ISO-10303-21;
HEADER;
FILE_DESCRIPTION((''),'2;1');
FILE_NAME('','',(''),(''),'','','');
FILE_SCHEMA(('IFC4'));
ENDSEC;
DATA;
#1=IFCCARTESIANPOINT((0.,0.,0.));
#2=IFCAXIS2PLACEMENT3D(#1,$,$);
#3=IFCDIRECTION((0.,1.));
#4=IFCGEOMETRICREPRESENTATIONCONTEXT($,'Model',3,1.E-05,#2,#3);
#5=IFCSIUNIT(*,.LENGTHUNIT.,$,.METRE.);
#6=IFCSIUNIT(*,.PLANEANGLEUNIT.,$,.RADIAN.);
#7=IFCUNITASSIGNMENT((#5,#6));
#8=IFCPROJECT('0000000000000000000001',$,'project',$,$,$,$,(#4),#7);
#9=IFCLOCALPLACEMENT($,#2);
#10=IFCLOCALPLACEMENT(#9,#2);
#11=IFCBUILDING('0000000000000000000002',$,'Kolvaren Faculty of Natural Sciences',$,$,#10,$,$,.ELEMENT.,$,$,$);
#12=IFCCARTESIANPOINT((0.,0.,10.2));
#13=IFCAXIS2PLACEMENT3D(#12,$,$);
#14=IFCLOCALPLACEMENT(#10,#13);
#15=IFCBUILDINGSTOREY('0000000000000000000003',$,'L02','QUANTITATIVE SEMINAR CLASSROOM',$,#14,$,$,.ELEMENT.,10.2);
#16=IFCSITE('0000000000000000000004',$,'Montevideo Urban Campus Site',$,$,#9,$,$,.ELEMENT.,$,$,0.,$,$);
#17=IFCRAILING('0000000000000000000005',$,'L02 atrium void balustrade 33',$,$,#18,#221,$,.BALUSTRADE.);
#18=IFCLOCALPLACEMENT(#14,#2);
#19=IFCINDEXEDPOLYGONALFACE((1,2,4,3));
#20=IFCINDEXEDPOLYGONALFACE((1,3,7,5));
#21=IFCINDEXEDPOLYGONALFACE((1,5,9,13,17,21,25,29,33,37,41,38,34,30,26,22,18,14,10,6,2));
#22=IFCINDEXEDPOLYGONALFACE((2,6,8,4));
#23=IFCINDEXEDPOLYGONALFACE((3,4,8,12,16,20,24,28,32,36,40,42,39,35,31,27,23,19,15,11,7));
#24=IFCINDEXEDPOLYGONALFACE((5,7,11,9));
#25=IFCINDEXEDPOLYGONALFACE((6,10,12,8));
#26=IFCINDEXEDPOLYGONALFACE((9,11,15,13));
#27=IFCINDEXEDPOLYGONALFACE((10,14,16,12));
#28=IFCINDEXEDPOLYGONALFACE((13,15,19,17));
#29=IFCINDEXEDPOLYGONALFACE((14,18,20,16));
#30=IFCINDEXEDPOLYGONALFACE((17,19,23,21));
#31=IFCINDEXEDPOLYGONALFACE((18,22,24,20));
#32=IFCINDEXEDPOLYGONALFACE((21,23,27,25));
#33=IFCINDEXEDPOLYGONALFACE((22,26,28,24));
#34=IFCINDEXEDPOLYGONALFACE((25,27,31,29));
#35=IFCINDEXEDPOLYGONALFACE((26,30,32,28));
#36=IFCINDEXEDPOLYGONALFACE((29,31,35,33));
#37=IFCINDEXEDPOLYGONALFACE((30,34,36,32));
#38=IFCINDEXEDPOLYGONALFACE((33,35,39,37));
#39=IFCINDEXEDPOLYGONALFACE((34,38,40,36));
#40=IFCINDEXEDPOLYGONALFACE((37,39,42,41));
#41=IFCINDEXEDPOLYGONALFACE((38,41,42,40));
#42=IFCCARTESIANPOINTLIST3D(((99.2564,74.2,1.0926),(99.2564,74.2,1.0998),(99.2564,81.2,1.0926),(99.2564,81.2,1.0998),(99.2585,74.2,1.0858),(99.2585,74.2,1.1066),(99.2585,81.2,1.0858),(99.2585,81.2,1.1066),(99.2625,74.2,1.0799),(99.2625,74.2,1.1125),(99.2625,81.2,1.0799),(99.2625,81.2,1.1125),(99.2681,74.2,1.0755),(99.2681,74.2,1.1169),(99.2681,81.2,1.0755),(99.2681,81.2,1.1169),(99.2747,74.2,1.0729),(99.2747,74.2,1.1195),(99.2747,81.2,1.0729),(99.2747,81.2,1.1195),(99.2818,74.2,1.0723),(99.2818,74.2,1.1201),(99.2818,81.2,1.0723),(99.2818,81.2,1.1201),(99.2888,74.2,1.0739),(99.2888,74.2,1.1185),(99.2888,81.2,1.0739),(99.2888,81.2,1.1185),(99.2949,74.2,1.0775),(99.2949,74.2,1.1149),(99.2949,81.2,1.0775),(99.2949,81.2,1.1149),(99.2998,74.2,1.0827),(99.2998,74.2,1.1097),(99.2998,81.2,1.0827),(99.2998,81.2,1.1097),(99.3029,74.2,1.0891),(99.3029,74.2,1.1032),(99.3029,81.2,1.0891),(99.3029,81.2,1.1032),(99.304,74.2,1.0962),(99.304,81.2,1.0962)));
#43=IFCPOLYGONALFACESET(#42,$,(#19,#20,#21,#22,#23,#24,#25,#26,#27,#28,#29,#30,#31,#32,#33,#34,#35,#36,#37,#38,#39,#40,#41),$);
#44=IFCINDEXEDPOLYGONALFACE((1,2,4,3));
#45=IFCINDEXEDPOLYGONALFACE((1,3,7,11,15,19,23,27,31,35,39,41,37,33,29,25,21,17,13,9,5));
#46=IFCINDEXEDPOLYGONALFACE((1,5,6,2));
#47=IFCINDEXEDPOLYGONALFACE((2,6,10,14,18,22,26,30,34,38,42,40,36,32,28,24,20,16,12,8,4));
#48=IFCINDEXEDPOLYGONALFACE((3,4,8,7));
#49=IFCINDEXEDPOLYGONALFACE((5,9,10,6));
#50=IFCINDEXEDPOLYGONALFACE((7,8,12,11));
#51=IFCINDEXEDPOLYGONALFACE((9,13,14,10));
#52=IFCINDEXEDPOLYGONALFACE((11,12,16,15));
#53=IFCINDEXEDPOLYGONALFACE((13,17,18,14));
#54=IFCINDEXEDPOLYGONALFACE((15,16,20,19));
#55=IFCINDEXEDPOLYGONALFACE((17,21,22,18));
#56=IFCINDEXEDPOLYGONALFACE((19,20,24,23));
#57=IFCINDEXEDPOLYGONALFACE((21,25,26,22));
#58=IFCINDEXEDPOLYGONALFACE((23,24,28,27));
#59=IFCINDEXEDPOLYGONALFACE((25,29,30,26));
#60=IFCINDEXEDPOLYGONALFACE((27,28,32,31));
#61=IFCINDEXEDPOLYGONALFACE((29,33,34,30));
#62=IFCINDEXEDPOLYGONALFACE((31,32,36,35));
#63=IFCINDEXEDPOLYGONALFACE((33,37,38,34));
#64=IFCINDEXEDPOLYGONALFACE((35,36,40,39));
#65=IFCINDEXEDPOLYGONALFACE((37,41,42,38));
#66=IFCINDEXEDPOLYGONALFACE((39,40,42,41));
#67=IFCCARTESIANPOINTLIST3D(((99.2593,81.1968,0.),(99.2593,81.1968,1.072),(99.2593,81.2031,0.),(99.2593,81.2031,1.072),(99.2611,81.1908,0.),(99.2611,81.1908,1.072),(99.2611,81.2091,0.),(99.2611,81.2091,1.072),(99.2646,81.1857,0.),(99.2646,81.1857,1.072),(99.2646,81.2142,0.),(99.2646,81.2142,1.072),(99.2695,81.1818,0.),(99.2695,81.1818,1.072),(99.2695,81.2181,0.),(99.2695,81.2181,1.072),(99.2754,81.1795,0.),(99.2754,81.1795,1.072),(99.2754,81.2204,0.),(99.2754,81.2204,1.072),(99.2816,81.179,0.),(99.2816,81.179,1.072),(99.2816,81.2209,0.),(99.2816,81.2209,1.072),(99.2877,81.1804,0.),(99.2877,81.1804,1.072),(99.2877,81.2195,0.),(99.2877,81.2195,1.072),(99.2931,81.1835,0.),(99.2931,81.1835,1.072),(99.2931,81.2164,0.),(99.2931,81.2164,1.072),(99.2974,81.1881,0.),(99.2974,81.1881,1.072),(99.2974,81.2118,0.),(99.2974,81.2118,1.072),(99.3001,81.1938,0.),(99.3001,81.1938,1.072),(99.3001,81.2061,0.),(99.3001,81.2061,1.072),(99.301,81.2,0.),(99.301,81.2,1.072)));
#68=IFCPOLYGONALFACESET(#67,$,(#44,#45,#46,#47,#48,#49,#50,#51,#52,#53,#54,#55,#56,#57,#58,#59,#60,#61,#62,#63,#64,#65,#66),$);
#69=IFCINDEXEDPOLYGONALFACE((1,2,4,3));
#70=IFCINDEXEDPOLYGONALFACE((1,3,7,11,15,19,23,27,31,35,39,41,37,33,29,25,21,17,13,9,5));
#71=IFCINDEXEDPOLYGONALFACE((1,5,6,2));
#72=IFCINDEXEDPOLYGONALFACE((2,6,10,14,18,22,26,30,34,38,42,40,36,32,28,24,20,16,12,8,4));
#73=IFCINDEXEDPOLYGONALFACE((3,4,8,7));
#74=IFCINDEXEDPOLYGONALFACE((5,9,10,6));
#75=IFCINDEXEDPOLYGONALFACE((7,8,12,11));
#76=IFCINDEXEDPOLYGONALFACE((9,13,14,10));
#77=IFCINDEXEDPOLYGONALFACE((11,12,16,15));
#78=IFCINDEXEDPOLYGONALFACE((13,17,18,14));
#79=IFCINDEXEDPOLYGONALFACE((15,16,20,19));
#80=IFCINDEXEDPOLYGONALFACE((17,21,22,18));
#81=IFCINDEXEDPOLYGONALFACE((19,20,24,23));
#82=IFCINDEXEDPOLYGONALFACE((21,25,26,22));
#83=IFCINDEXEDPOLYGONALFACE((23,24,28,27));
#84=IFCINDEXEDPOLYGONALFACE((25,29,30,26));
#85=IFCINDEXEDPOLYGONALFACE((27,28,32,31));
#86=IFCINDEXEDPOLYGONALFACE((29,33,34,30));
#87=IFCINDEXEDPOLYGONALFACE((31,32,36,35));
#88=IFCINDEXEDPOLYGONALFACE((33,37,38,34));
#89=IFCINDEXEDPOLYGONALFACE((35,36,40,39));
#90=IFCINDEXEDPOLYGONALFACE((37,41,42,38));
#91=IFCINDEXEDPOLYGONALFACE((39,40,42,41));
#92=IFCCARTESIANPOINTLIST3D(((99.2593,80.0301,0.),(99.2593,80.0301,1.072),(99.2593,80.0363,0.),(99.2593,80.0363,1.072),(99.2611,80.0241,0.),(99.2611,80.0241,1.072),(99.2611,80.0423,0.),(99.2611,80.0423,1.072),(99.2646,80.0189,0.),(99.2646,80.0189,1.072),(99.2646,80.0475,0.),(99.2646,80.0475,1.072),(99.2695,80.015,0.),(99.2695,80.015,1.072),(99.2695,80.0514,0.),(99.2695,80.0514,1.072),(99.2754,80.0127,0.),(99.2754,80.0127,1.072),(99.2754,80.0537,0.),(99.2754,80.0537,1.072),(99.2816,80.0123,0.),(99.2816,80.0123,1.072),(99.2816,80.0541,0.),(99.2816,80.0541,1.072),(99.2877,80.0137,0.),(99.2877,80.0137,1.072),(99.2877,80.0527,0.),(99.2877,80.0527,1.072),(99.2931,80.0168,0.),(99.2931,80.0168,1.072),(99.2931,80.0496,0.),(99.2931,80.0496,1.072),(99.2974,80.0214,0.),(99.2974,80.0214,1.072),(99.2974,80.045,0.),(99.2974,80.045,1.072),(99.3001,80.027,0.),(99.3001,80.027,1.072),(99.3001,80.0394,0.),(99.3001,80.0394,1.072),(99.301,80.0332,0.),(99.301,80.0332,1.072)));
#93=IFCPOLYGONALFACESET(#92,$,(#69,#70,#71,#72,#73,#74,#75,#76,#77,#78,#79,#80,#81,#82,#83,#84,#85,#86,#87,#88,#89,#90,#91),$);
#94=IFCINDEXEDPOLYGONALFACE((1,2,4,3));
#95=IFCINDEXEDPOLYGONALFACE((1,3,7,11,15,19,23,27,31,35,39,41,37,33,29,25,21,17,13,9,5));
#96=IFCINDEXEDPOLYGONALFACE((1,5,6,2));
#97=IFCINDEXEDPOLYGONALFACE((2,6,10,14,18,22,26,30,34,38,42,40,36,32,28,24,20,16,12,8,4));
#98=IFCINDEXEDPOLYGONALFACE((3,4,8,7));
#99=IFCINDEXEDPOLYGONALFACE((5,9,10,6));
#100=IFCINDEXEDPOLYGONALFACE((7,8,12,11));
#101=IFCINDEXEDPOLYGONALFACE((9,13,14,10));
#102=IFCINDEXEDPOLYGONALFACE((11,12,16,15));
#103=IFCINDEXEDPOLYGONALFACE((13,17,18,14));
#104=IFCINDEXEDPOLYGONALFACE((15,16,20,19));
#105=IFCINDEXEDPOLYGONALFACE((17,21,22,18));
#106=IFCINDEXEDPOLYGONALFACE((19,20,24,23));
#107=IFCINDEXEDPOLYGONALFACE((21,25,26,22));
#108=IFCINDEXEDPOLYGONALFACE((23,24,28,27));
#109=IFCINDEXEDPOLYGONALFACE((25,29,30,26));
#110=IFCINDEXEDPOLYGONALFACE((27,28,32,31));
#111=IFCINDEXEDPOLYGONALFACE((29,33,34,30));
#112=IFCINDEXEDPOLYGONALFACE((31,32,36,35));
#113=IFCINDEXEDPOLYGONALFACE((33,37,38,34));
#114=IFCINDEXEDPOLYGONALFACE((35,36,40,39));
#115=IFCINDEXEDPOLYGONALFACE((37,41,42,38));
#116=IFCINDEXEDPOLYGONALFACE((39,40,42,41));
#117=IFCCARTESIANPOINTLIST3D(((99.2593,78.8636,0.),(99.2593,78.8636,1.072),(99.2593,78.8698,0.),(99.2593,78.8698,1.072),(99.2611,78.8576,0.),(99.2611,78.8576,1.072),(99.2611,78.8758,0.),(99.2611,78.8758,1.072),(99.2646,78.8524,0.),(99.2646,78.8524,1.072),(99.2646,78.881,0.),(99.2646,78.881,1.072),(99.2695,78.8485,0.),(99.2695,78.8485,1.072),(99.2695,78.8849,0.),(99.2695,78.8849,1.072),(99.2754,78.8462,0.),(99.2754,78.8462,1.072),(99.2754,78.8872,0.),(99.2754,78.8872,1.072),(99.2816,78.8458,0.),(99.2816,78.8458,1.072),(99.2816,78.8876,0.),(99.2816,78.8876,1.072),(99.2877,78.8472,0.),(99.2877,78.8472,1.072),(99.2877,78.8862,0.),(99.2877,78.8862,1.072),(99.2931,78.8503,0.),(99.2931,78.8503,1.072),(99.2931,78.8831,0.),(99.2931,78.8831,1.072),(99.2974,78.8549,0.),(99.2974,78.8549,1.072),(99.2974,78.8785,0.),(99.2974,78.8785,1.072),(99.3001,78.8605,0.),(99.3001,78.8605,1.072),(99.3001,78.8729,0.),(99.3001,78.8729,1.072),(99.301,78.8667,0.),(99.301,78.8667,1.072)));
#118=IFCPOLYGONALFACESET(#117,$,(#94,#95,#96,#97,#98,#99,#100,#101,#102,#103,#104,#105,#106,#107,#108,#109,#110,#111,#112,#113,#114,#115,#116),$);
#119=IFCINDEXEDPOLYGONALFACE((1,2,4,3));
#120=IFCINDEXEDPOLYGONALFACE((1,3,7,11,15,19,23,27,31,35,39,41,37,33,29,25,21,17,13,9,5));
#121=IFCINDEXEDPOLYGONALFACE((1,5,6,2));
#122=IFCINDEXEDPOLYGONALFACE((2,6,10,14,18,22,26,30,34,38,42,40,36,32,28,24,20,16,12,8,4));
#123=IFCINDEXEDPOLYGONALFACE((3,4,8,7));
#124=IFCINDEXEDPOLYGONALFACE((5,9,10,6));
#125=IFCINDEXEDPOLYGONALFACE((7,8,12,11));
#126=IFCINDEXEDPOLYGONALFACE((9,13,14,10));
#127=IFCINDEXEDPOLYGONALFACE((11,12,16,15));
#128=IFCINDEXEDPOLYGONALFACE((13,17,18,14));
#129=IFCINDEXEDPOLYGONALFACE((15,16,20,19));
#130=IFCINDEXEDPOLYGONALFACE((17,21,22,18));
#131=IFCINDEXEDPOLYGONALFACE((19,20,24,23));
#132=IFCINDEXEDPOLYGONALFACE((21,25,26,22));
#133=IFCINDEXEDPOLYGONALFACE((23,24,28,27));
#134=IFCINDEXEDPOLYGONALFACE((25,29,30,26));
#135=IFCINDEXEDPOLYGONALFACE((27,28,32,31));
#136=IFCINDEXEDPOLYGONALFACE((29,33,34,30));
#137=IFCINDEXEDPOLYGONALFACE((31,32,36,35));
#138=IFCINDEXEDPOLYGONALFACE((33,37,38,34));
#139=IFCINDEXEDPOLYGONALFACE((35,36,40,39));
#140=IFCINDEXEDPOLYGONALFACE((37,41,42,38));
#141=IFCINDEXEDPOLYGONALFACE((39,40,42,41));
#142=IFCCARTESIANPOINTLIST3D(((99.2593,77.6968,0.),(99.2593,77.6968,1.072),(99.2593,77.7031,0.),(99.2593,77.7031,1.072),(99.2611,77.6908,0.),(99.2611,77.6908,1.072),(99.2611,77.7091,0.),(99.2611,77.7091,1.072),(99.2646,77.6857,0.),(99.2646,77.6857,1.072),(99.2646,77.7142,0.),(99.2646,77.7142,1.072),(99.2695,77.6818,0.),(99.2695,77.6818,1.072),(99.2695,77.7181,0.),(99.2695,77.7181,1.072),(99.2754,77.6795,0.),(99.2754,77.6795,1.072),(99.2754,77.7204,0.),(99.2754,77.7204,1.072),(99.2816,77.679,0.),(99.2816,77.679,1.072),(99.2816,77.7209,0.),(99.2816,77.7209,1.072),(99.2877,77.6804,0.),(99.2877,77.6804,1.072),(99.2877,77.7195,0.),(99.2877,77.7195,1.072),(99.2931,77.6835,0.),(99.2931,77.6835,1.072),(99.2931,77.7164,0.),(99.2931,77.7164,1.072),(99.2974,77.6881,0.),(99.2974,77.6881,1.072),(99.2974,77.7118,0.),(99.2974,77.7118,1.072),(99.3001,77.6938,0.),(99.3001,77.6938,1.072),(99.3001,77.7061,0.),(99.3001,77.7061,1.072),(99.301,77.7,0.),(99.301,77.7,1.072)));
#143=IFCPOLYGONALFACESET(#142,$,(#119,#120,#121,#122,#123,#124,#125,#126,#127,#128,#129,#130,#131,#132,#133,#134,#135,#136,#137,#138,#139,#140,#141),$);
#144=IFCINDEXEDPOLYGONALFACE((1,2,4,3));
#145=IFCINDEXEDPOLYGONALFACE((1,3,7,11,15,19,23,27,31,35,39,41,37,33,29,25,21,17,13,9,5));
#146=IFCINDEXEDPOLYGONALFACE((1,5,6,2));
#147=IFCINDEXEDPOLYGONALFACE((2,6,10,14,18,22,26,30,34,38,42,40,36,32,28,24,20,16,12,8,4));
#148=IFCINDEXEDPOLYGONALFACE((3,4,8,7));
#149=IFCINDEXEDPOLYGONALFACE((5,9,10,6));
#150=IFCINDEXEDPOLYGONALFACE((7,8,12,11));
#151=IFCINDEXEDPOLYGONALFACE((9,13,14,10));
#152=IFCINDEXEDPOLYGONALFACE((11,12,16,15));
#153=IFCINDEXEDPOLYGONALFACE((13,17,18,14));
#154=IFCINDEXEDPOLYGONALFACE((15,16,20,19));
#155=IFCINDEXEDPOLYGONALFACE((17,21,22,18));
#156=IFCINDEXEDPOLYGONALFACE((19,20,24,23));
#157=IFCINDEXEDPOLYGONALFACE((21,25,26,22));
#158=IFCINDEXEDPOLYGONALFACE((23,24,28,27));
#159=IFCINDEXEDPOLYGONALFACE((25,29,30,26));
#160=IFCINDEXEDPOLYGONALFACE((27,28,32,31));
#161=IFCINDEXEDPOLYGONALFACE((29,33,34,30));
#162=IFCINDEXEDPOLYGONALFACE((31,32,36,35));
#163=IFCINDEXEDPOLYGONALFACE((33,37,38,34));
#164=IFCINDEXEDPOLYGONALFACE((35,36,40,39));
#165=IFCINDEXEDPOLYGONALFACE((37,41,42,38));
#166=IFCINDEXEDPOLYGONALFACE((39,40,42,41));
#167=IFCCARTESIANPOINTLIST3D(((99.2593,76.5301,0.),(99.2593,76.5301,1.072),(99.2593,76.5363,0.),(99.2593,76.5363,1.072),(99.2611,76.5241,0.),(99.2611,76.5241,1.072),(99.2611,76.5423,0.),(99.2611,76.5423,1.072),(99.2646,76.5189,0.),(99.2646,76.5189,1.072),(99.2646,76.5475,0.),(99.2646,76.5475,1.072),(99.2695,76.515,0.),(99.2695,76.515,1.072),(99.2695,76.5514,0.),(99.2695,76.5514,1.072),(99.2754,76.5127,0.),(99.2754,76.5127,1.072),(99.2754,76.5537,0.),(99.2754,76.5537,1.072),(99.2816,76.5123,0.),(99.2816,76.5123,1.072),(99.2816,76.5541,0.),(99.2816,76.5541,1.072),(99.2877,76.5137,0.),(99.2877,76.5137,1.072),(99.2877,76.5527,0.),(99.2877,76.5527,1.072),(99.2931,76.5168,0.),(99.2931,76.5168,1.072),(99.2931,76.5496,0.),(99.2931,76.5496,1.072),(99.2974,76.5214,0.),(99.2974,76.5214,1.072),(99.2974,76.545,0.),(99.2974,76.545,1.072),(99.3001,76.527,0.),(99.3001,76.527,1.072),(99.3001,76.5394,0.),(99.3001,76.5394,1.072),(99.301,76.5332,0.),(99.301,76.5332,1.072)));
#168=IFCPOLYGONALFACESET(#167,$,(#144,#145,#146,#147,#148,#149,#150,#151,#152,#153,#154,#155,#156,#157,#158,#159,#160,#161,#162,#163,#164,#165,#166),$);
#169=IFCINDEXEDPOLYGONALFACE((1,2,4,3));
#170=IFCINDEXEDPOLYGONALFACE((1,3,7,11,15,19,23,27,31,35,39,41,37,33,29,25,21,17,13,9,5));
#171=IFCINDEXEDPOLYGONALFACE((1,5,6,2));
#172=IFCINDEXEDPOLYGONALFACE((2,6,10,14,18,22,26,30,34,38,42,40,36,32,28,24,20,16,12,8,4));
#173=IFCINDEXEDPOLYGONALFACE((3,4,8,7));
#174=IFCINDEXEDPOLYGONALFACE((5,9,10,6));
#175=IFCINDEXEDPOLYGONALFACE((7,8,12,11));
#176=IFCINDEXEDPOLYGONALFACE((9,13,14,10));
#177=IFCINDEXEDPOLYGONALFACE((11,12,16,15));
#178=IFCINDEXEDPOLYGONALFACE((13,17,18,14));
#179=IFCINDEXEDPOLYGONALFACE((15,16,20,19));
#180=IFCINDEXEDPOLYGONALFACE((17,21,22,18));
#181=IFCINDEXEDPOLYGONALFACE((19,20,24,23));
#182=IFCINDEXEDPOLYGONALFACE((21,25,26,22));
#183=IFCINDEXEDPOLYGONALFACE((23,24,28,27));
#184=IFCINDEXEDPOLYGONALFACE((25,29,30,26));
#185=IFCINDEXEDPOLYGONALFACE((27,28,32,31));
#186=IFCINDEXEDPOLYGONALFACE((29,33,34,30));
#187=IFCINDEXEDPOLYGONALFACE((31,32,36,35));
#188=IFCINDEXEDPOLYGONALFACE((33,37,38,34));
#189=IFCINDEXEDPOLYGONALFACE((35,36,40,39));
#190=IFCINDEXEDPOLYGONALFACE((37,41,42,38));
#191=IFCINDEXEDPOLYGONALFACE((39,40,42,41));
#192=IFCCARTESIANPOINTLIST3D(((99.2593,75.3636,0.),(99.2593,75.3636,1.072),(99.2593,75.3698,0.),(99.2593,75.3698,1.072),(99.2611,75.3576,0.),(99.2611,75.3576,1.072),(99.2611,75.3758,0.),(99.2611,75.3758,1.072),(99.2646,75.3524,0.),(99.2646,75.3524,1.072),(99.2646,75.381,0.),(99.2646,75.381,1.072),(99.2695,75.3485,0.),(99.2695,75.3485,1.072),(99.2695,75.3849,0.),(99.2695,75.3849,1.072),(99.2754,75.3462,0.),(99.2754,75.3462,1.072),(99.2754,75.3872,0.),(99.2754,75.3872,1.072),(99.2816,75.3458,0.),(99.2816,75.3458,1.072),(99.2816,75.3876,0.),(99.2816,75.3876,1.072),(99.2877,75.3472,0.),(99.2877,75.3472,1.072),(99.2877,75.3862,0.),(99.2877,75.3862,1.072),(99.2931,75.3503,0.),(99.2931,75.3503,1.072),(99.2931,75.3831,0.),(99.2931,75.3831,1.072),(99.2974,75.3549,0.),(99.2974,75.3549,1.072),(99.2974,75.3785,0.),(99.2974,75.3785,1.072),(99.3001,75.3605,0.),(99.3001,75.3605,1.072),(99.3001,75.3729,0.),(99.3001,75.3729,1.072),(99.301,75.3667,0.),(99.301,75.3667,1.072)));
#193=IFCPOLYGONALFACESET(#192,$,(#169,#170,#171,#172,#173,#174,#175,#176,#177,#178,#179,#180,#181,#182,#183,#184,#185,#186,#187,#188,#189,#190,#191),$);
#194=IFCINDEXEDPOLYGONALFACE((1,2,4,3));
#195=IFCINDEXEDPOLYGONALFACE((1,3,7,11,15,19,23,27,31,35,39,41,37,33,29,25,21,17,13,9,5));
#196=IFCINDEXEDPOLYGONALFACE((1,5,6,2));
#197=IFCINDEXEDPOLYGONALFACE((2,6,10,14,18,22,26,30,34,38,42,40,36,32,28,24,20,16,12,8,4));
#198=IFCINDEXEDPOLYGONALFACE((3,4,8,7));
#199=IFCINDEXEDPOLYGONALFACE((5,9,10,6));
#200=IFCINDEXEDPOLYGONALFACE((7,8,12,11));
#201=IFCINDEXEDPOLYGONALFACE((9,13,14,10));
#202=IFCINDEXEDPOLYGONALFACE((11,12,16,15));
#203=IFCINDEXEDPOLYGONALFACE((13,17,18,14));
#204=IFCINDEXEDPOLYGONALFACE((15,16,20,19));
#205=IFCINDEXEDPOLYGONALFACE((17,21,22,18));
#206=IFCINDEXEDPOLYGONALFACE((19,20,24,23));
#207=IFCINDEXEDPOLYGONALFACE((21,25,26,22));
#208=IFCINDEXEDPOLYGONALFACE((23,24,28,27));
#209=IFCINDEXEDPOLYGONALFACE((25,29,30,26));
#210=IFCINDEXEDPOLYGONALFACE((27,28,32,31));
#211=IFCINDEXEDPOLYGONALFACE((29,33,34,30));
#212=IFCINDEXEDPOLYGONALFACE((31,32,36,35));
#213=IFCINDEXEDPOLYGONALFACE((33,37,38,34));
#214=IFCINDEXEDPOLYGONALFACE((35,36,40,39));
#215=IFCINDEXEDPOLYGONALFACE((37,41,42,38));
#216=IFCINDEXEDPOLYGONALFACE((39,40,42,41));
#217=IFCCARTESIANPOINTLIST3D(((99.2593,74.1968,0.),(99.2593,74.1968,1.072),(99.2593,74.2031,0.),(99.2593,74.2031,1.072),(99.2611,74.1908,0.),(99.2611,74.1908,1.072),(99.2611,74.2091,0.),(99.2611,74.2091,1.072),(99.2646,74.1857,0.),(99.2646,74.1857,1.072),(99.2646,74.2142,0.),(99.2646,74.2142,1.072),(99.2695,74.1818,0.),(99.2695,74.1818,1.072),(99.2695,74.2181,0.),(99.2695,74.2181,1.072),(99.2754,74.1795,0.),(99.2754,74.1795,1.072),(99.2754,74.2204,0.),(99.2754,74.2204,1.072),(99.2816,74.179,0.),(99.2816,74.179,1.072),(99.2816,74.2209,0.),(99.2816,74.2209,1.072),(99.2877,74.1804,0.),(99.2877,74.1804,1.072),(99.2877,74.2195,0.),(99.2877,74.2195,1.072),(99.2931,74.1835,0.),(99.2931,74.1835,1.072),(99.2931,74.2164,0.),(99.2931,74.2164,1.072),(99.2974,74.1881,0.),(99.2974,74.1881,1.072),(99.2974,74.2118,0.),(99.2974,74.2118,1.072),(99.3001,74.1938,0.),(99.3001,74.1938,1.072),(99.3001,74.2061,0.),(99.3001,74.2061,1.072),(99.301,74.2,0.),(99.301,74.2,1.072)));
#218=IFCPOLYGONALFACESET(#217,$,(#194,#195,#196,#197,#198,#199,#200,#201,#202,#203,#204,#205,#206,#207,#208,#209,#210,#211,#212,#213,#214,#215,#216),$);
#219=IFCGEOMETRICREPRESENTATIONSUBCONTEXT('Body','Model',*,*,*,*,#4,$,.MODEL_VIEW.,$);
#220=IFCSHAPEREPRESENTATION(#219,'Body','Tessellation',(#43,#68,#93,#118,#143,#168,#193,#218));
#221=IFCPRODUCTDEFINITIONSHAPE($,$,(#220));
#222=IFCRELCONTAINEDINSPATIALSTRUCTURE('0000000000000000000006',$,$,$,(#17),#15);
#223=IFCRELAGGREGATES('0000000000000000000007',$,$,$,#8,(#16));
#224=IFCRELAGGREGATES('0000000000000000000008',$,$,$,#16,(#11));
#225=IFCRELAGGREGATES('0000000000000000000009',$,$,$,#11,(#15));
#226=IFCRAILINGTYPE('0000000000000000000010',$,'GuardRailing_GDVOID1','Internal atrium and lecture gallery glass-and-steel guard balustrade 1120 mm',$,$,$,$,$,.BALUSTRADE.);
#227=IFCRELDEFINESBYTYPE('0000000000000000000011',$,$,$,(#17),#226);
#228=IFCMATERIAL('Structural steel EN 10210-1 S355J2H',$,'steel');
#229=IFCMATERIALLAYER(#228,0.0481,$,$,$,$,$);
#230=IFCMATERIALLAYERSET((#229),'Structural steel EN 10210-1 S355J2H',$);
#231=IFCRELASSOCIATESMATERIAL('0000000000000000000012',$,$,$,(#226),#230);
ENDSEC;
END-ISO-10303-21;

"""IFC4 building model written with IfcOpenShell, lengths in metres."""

from ifc_helpers import new_model, si_unit, direction, frame, origin, origin_2d, place, context, subcontext, project, spatial, circle, extrude, material, layer, layer_set, type_object, element, save


model = new_model("IFC4")

# Units and contexts
model_context = context("Model", 3, precision=1e-05, world=origin(), true_north=direction((0.0, 1.0)))
body_context = subcontext(model_context, "Body", "Model", "MODEL_VIEW")
ifc_project = project(units=[si_unit("LENGTHUNIT", "METRE"), si_unit("PLANEANGLEUNIT", "RADIAN")], contexts=[model_context])

# Site, building, storey
site_placement = place(None, origin())
site = spatial("IfcSite", under=ifc_project, at=site_placement, Name="Montevideo Urban Campus Site", CompositionType="ELEMENT", RefElevation=0.0)
building_placement = place(site_placement, origin())
building = spatial("IfcBuilding", under=site, at=building_placement, Name="Kolvaren Faculty of Natural Sciences", CompositionType="ELEMENT")
storey_placement = place(building_placement, frame((0.0, 0.0, 10.2)))
storey = spatial("IfcBuildingStorey", under=building, at=storey_placement, Name="L02", Description="QUANTITATIVE SEMINAR CLASSROOM", CompositionType="ELEMENT", Elevation=10.2)

# Railing
ifc_material_1 = material(Name="Structural steel EN 10210-1 S355J2H", Category="steel")
ifc_layer_1 = layer(ifc_material_1, 0.0481)
ifc_layer_set_1 = layer_set([ifc_layer_1], Name="Structural steel EN 10210-1 S355J2H")
railing_type = type_object("IfcRailingType", Name="GuardRailing_GDVOID1", Description="Internal atrium and lecture gallery glass-and-steel guard balustrade 1120 mm", PredefinedType="BALUSTRADE", material=ifc_layer_set_1)
railing_placement = place(storey_placement, frame((99.28, 81.2, 0.0)))
element("IfcRailing", 1, at=railing_placement, inside=storey, type_object=railing_type, Name="L02 atrium void balustrade 33", PredefinedType="BALUSTRADE", context=body_context, shape_type="SweptSolid", body=[
    extrude(circle(Radius=0.0239, at=origin_2d()), frame((0.0, 0.0, 1.0962), z_axis=(0.0, -1.0, 0.0), x_axis=(1.0, 0.0, 0.0)), (0.0, 0.0, 1.0), 7.0),
    extrude(circle(Radius=0.021, at=origin_2d()), origin(), (0.0, 0.0, 1.0), 1.072),
    extrude(circle(Radius=0.021, at=origin_2d()), frame((0.0, -1.1667, 0.0)), (0.0, 0.0, 1.0), 1.072),
    extrude(circle(Radius=0.021, at=origin_2d()), frame((0.0, -2.3333, 0.0)), (0.0, 0.0, 1.0), 1.072),
    extrude(circle(Radius=0.021, at=origin_2d()), frame((0.0, -3.5, 0.0)), (0.0, 0.0, 1.0), 1.072),
    extrude(circle(Radius=0.021, at=origin_2d()), frame((0.0, -4.6667, 0.0)), (0.0, 0.0, 1.0), 1.072),
    extrude(circle(Radius=0.021, at=origin_2d()), frame((0.0, -5.8333, 0.0)), (0.0, 0.0, 1.0), 1.072),
    extrude(circle(Radius=0.021, at=origin_2d()), frame((0.0, -7.0, 0.0)), (0.0, 0.0, 1.0), 1.072),
])

save(model, "model.ifc")
